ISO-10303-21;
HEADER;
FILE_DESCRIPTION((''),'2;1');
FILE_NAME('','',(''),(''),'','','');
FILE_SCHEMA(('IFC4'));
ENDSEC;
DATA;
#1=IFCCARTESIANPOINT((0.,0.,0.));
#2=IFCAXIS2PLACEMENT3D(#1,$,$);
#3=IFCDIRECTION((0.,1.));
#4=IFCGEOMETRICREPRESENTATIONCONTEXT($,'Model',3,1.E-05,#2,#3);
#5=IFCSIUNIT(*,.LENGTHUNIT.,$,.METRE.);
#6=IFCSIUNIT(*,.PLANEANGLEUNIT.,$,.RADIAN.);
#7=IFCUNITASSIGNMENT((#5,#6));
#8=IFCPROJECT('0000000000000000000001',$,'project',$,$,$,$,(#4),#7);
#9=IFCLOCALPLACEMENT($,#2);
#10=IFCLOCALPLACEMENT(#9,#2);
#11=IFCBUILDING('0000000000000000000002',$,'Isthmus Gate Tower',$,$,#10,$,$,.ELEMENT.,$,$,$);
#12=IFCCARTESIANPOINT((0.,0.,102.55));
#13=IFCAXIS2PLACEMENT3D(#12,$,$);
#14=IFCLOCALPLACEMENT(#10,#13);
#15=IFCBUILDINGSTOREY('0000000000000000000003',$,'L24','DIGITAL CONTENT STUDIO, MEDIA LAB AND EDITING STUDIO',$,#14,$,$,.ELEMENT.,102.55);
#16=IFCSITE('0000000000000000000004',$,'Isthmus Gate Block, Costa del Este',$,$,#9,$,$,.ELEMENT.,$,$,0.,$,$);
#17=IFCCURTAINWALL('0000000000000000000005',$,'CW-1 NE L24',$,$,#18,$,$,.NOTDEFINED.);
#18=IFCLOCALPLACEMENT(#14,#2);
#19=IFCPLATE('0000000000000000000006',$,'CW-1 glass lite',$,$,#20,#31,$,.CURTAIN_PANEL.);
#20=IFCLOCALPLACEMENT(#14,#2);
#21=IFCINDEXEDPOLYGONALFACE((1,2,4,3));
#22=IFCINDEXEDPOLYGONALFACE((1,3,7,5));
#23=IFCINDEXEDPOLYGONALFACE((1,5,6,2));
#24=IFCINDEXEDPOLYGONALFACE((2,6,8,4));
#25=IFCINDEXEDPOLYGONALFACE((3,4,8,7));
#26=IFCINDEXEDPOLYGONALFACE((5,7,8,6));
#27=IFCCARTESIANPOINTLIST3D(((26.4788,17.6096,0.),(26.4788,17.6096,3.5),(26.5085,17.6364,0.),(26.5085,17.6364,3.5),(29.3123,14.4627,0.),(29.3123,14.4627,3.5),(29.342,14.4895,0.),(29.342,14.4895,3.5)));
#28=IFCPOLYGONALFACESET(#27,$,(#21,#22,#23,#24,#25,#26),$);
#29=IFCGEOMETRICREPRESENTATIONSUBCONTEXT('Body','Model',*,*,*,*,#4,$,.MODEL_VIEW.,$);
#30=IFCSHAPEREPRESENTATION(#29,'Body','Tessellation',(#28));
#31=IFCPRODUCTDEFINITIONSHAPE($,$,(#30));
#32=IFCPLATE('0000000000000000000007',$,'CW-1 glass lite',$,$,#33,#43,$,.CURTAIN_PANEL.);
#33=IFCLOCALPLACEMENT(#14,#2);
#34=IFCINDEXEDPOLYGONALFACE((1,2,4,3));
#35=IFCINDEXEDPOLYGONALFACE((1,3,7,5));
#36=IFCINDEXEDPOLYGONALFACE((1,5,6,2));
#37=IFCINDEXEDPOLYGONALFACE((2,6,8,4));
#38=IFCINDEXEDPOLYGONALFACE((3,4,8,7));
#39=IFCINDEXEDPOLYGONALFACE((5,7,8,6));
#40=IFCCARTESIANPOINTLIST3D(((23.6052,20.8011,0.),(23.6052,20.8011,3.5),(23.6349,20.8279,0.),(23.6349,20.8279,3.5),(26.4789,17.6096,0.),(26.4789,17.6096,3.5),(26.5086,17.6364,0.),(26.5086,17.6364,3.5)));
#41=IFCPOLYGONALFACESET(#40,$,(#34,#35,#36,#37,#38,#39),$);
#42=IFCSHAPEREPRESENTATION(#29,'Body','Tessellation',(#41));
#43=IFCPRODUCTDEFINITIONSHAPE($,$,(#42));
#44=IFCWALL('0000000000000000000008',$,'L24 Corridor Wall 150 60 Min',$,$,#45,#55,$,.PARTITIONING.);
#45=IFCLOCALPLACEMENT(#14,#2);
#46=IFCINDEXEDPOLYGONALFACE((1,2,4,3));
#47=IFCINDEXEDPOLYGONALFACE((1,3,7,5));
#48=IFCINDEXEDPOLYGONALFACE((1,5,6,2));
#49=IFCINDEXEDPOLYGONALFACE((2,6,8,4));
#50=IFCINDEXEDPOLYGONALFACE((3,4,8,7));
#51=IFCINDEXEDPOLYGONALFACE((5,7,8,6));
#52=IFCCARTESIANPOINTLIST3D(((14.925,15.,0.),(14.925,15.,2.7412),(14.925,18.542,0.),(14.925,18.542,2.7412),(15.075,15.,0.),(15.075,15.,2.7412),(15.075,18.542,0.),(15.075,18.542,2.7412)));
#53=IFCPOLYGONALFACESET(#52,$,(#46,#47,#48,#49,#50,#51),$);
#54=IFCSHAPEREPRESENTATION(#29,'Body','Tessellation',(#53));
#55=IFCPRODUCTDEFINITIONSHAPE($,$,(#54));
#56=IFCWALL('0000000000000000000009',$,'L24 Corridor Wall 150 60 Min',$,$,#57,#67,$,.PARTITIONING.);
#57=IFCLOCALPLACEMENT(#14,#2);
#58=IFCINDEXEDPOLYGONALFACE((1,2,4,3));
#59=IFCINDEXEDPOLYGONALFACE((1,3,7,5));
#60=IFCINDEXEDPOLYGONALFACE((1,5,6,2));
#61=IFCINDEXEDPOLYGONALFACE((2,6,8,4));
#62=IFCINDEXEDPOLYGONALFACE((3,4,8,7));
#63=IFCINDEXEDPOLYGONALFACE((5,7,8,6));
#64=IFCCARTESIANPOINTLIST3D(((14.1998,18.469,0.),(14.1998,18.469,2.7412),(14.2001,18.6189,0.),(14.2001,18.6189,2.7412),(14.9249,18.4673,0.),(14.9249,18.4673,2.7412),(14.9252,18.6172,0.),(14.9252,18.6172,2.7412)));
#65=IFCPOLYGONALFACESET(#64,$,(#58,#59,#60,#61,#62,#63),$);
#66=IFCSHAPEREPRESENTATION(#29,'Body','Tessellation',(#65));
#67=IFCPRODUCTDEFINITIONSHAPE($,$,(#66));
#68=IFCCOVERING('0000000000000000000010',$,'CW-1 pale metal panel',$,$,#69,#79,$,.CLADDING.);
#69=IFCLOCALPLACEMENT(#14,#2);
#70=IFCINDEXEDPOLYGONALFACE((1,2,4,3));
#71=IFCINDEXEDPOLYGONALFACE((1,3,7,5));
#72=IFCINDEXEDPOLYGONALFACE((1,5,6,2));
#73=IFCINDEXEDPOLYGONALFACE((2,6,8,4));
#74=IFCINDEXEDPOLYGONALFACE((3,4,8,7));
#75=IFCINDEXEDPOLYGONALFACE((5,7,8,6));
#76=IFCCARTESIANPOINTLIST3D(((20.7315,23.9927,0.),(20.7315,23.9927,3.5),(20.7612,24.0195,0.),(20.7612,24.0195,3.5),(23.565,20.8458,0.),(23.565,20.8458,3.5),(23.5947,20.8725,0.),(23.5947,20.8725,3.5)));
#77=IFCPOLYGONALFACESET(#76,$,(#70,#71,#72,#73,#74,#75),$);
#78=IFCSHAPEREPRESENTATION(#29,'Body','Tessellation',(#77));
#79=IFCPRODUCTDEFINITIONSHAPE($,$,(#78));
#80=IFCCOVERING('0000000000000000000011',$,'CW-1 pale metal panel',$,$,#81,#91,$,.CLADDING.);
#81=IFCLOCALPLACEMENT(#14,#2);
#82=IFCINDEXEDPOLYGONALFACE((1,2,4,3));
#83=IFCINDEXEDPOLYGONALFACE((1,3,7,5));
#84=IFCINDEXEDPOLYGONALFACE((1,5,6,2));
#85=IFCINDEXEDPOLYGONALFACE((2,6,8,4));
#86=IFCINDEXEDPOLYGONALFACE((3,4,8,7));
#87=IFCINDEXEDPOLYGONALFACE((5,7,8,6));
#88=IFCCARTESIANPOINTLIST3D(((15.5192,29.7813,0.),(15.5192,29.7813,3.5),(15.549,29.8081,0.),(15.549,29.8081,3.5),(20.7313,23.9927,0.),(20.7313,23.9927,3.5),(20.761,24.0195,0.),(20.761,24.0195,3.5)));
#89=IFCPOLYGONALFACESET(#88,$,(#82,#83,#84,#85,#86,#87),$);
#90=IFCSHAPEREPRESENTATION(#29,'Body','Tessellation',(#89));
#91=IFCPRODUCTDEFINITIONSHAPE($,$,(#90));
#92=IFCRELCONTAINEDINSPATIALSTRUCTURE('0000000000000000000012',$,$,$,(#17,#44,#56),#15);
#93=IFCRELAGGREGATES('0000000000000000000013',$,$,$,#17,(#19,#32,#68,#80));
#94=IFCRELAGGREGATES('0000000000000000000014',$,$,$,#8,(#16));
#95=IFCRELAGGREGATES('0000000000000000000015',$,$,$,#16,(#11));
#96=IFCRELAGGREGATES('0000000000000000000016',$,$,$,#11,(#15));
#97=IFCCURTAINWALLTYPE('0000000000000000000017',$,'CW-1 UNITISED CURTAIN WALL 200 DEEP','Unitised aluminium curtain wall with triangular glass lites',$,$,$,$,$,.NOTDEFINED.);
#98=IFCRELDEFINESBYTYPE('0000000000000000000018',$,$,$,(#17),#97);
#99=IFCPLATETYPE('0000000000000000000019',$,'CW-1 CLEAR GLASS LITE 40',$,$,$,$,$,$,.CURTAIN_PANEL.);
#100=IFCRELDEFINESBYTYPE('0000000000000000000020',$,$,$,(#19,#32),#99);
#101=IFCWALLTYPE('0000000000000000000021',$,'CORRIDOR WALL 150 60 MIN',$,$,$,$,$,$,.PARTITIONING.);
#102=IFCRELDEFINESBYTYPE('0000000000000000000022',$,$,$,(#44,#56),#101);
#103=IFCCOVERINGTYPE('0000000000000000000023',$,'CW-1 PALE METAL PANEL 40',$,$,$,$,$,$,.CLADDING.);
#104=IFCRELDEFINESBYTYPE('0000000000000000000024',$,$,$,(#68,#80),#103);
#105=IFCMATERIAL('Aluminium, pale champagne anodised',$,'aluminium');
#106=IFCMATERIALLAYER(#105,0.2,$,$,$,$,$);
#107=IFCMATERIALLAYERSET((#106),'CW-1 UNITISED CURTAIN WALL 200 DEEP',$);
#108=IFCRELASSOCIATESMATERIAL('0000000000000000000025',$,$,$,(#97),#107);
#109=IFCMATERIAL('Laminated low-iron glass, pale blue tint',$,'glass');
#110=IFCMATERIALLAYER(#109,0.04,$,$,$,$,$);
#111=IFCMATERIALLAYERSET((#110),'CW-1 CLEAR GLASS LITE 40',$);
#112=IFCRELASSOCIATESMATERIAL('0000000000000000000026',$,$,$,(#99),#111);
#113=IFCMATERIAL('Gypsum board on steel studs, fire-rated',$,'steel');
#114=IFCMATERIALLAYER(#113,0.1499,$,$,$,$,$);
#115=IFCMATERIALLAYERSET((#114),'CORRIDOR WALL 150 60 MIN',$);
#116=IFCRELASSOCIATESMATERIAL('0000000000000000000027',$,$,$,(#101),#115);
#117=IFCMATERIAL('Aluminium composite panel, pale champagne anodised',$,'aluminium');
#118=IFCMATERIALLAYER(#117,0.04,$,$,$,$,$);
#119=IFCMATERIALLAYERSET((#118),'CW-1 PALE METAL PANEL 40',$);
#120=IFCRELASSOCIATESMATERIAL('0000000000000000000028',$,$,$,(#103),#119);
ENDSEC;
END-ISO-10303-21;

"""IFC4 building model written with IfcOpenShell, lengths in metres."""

from ifc_helpers import new_model, si_unit, direction, frame, frame_2d, origin, origin_2d, place, context, subcontext, project, spatial, rectangle, extrude, material, layer, layer_set, type_object, element, aggregate, save


model = new_model("IFC4")

# Units and contexts
model_context = context("Model", 3, precision=1e-05, world=origin(), true_north=direction((0.0, 1.0)))
body_context = subcontext(model_context, "Body", "Model", "MODEL_VIEW")
ifc_project = project(units=[si_unit("LENGTHUNIT", "METRE"), si_unit("PLANEANGLEUNIT", "RADIAN")], contexts=[model_context])

# Site, building, storey
site_placement = place(None, origin())
site = spatial("IfcSite", under=ifc_project, at=site_placement, Name="Isthmus Gate Block, Costa del Este", CompositionType="ELEMENT", RefElevation=0.0)
building_placement = place(site_placement, origin())
building = spatial("IfcBuilding", under=site, at=building_placement, Name="Isthmus Gate Tower", CompositionType="ELEMENT")
storey_placement = place(building_placement, frame((0.0, 0.0, 102.55)))
storey = spatial("IfcBuildingStorey", under=building, at=storey_placement, Name="L24", Description="DIGITAL CONTENT STUDIO, MEDIA LAB AND EDITING STUDIO", CompositionType="ELEMENT", Elevation=102.55)

# Curtain wall
ifc_material_1 = material(Name="Aluminium, pale champagne anodised", Category="aluminium")
ifc_layer_1 = layer(ifc_material_1, 0.2)
ifc_layer_set_1 = layer_set([ifc_layer_1], Name="CW-1 UNITISED CURTAIN WALL 200 DEEP")
curtain_wall_type = type_object("IfcCurtainWallType", Name="CW-1 UNITISED CURTAIN WALL 200 DEEP", Description="Unitised aluminium curtain wall with triangular glass lites", PredefinedType="NOTDEFINED", material=ifc_layer_set_1)
curtain_wall_1_placement = place(storey_placement, origin())
curtain_wall_1 = element("IfcCurtainWall", 1, at=curtain_wall_1_placement, inside=storey, type_object=curtain_wall_type, Name="CW-1 NE L24", PredefinedType="NOTDEFINED")

# Plates
ifc_material_2 = material(Name="Laminated low-iron glass, pale blue tint", Category="glass")
ifc_layer_2 = layer(ifc_material_2, 0.04)
ifc_layer_set_2 = layer_set([ifc_layer_2], Name="CW-1 CLEAR GLASS LITE 40")
plate_type = type_object("IfcPlateType", Name="CW-1 CLEAR GLASS LITE 40", PredefinedType="CURTAIN_PANEL", material=ifc_layer_set_2)
plate_1_placement = place(storey_placement, frame((27.9104, 16.0496, 0.0), z_axis=(0.0, 0.0, 1.0), x_axis=(-0.669131, 0.743145, 0.0)))
plate_1 = element("IfcPlate", 2, at=plate_1_placement, type_object=plate_type, Name="CW-1 glass lite", PredefinedType="CURTAIN_PANEL", context=body_context, shape_type="SweptSolid", body=[
    extrude(rectangle(XDim=4.2346, YDim=0.04, at=origin_2d()), origin(), (0.0, 0.0, 1.0), 3.5),
])
plate_2_placement = place(storey_placement, frame((25.0569, 19.2188, 0.0), z_axis=(0.0, 0.0, 1.0), x_axis=(-0.669131, 0.743145, 0.0)))
plate_2 = element("IfcPlate", 3, at=plate_2_placement, type_object=plate_type, Name="CW-1 glass lite", PredefinedType="CURTAIN_PANEL", context=body_context, shape_type="SweptSolid", body=[
    extrude(rectangle(XDim=4.2947, YDim=0.04, at=origin_2d()), origin(), (0.0, 0.0, 1.0), 3.5),
])

# Walls
ifc_material_3 = material(Name="Gypsum board on steel studs, fire-rated", Category="steel")
ifc_layer_3 = layer(ifc_material_3, 0.1499)
ifc_layer_set_3 = layer_set([ifc_layer_3], Name="CORRIDOR WALL 150 60 MIN")
wall_type = type_object("IfcWallType", Name="CORRIDOR WALL 150 60 MIN", PredefinedType="PARTITIONING", material=ifc_layer_set_3)
wall_1_placement = place(storey_placement, frame((15.0, 18.542, 0.0), z_axis=(0.0, 0.0, 1.0), x_axis=(0.0, -1.0, 0.0)))
element("IfcWall", 4, at=wall_1_placement, inside=storey, type_object=wall_type, Name="L24 Corridor Wall 150 60 Min", PredefinedType="PARTITIONING", context=body_context, shape_type="SweptSolid", body=[
    extrude(rectangle(XDim=3.542, YDim=0.1499, at=frame_2d((1.771, 0.0))), origin(), (0.0, 0.0, 1.0), 2.7412),
])
wall_2_placement = place(storey_placement, frame((14.2, 18.5439, 0.0), z_axis=(0.0, 0.0, 1.0), x_axis=(0.999997, -0.002357, 0.0)))
element("IfcWall", 5, at=wall_2_placement, inside=storey, type_object=wall_type, Name="L24 Corridor Wall 150 60 Min", PredefinedType="PARTITIONING", context=body_context, shape_type="SweptSolid", body=[
    extrude(rectangle(XDim=0.7251, YDim=0.1499, at=frame_2d((0.3625, 0.0))), origin(), (0.0, 0.0, 1.0), 2.7412),
])

# Coverings
ifc_material_4 = material(Name="Aluminium composite panel, pale champagne anodised", Category="aluminium")
ifc_layer_4 = layer(ifc_material_4, 0.04)
ifc_layer_set_4 = layer_set([ifc_layer_4], Name="CW-1 PALE METAL PANEL 40")
covering_type = type_object("IfcCoveringType", Name="CW-1 PALE METAL PANEL 40", PredefinedType="CLADDING", material=ifc_layer_set_4)
covering_1_placement = place(storey_placement, frame((22.1631, 22.4326, 0.0), z_axis=(0.0, 0.0, 1.0), x_axis=(-0.669131, 0.743145, 0.0)))
covering_1 = element("IfcCovering", 6, at=covering_1_placement, type_object=covering_type, Name="CW-1 pale metal panel", PredefinedType="CLADDING", context=body_context, shape_type="SweptSolid", body=[
    extrude(rectangle(XDim=4.2346, YDim=0.04, at=origin_2d()), origin(), (0.0, 0.0, 1.0), 3.5),
])
covering_2_placement = place(storey_placement, frame((18.1401, 26.9004, 0.0), z_axis=(0.0, 0.0, 1.0), x_axis=(-0.669131, 0.743145, 0.0)))
covering_2 = element("IfcCovering", 7, at=covering_2_placement, type_object=covering_type, Name="CW-1 pale metal panel", PredefinedType="CLADDING", context=body_context, shape_type="SweptSolid", body=[
    extrude(rectangle(XDim=7.7893, YDim=0.04, at=origin_2d()), origin(), (0.0, 0.0, 1.0), 3.5),
])
aggregate(curtain_wall_1, [plate_1, plate_2, covering_1, covering_2])

save(model, "model.ifc")
